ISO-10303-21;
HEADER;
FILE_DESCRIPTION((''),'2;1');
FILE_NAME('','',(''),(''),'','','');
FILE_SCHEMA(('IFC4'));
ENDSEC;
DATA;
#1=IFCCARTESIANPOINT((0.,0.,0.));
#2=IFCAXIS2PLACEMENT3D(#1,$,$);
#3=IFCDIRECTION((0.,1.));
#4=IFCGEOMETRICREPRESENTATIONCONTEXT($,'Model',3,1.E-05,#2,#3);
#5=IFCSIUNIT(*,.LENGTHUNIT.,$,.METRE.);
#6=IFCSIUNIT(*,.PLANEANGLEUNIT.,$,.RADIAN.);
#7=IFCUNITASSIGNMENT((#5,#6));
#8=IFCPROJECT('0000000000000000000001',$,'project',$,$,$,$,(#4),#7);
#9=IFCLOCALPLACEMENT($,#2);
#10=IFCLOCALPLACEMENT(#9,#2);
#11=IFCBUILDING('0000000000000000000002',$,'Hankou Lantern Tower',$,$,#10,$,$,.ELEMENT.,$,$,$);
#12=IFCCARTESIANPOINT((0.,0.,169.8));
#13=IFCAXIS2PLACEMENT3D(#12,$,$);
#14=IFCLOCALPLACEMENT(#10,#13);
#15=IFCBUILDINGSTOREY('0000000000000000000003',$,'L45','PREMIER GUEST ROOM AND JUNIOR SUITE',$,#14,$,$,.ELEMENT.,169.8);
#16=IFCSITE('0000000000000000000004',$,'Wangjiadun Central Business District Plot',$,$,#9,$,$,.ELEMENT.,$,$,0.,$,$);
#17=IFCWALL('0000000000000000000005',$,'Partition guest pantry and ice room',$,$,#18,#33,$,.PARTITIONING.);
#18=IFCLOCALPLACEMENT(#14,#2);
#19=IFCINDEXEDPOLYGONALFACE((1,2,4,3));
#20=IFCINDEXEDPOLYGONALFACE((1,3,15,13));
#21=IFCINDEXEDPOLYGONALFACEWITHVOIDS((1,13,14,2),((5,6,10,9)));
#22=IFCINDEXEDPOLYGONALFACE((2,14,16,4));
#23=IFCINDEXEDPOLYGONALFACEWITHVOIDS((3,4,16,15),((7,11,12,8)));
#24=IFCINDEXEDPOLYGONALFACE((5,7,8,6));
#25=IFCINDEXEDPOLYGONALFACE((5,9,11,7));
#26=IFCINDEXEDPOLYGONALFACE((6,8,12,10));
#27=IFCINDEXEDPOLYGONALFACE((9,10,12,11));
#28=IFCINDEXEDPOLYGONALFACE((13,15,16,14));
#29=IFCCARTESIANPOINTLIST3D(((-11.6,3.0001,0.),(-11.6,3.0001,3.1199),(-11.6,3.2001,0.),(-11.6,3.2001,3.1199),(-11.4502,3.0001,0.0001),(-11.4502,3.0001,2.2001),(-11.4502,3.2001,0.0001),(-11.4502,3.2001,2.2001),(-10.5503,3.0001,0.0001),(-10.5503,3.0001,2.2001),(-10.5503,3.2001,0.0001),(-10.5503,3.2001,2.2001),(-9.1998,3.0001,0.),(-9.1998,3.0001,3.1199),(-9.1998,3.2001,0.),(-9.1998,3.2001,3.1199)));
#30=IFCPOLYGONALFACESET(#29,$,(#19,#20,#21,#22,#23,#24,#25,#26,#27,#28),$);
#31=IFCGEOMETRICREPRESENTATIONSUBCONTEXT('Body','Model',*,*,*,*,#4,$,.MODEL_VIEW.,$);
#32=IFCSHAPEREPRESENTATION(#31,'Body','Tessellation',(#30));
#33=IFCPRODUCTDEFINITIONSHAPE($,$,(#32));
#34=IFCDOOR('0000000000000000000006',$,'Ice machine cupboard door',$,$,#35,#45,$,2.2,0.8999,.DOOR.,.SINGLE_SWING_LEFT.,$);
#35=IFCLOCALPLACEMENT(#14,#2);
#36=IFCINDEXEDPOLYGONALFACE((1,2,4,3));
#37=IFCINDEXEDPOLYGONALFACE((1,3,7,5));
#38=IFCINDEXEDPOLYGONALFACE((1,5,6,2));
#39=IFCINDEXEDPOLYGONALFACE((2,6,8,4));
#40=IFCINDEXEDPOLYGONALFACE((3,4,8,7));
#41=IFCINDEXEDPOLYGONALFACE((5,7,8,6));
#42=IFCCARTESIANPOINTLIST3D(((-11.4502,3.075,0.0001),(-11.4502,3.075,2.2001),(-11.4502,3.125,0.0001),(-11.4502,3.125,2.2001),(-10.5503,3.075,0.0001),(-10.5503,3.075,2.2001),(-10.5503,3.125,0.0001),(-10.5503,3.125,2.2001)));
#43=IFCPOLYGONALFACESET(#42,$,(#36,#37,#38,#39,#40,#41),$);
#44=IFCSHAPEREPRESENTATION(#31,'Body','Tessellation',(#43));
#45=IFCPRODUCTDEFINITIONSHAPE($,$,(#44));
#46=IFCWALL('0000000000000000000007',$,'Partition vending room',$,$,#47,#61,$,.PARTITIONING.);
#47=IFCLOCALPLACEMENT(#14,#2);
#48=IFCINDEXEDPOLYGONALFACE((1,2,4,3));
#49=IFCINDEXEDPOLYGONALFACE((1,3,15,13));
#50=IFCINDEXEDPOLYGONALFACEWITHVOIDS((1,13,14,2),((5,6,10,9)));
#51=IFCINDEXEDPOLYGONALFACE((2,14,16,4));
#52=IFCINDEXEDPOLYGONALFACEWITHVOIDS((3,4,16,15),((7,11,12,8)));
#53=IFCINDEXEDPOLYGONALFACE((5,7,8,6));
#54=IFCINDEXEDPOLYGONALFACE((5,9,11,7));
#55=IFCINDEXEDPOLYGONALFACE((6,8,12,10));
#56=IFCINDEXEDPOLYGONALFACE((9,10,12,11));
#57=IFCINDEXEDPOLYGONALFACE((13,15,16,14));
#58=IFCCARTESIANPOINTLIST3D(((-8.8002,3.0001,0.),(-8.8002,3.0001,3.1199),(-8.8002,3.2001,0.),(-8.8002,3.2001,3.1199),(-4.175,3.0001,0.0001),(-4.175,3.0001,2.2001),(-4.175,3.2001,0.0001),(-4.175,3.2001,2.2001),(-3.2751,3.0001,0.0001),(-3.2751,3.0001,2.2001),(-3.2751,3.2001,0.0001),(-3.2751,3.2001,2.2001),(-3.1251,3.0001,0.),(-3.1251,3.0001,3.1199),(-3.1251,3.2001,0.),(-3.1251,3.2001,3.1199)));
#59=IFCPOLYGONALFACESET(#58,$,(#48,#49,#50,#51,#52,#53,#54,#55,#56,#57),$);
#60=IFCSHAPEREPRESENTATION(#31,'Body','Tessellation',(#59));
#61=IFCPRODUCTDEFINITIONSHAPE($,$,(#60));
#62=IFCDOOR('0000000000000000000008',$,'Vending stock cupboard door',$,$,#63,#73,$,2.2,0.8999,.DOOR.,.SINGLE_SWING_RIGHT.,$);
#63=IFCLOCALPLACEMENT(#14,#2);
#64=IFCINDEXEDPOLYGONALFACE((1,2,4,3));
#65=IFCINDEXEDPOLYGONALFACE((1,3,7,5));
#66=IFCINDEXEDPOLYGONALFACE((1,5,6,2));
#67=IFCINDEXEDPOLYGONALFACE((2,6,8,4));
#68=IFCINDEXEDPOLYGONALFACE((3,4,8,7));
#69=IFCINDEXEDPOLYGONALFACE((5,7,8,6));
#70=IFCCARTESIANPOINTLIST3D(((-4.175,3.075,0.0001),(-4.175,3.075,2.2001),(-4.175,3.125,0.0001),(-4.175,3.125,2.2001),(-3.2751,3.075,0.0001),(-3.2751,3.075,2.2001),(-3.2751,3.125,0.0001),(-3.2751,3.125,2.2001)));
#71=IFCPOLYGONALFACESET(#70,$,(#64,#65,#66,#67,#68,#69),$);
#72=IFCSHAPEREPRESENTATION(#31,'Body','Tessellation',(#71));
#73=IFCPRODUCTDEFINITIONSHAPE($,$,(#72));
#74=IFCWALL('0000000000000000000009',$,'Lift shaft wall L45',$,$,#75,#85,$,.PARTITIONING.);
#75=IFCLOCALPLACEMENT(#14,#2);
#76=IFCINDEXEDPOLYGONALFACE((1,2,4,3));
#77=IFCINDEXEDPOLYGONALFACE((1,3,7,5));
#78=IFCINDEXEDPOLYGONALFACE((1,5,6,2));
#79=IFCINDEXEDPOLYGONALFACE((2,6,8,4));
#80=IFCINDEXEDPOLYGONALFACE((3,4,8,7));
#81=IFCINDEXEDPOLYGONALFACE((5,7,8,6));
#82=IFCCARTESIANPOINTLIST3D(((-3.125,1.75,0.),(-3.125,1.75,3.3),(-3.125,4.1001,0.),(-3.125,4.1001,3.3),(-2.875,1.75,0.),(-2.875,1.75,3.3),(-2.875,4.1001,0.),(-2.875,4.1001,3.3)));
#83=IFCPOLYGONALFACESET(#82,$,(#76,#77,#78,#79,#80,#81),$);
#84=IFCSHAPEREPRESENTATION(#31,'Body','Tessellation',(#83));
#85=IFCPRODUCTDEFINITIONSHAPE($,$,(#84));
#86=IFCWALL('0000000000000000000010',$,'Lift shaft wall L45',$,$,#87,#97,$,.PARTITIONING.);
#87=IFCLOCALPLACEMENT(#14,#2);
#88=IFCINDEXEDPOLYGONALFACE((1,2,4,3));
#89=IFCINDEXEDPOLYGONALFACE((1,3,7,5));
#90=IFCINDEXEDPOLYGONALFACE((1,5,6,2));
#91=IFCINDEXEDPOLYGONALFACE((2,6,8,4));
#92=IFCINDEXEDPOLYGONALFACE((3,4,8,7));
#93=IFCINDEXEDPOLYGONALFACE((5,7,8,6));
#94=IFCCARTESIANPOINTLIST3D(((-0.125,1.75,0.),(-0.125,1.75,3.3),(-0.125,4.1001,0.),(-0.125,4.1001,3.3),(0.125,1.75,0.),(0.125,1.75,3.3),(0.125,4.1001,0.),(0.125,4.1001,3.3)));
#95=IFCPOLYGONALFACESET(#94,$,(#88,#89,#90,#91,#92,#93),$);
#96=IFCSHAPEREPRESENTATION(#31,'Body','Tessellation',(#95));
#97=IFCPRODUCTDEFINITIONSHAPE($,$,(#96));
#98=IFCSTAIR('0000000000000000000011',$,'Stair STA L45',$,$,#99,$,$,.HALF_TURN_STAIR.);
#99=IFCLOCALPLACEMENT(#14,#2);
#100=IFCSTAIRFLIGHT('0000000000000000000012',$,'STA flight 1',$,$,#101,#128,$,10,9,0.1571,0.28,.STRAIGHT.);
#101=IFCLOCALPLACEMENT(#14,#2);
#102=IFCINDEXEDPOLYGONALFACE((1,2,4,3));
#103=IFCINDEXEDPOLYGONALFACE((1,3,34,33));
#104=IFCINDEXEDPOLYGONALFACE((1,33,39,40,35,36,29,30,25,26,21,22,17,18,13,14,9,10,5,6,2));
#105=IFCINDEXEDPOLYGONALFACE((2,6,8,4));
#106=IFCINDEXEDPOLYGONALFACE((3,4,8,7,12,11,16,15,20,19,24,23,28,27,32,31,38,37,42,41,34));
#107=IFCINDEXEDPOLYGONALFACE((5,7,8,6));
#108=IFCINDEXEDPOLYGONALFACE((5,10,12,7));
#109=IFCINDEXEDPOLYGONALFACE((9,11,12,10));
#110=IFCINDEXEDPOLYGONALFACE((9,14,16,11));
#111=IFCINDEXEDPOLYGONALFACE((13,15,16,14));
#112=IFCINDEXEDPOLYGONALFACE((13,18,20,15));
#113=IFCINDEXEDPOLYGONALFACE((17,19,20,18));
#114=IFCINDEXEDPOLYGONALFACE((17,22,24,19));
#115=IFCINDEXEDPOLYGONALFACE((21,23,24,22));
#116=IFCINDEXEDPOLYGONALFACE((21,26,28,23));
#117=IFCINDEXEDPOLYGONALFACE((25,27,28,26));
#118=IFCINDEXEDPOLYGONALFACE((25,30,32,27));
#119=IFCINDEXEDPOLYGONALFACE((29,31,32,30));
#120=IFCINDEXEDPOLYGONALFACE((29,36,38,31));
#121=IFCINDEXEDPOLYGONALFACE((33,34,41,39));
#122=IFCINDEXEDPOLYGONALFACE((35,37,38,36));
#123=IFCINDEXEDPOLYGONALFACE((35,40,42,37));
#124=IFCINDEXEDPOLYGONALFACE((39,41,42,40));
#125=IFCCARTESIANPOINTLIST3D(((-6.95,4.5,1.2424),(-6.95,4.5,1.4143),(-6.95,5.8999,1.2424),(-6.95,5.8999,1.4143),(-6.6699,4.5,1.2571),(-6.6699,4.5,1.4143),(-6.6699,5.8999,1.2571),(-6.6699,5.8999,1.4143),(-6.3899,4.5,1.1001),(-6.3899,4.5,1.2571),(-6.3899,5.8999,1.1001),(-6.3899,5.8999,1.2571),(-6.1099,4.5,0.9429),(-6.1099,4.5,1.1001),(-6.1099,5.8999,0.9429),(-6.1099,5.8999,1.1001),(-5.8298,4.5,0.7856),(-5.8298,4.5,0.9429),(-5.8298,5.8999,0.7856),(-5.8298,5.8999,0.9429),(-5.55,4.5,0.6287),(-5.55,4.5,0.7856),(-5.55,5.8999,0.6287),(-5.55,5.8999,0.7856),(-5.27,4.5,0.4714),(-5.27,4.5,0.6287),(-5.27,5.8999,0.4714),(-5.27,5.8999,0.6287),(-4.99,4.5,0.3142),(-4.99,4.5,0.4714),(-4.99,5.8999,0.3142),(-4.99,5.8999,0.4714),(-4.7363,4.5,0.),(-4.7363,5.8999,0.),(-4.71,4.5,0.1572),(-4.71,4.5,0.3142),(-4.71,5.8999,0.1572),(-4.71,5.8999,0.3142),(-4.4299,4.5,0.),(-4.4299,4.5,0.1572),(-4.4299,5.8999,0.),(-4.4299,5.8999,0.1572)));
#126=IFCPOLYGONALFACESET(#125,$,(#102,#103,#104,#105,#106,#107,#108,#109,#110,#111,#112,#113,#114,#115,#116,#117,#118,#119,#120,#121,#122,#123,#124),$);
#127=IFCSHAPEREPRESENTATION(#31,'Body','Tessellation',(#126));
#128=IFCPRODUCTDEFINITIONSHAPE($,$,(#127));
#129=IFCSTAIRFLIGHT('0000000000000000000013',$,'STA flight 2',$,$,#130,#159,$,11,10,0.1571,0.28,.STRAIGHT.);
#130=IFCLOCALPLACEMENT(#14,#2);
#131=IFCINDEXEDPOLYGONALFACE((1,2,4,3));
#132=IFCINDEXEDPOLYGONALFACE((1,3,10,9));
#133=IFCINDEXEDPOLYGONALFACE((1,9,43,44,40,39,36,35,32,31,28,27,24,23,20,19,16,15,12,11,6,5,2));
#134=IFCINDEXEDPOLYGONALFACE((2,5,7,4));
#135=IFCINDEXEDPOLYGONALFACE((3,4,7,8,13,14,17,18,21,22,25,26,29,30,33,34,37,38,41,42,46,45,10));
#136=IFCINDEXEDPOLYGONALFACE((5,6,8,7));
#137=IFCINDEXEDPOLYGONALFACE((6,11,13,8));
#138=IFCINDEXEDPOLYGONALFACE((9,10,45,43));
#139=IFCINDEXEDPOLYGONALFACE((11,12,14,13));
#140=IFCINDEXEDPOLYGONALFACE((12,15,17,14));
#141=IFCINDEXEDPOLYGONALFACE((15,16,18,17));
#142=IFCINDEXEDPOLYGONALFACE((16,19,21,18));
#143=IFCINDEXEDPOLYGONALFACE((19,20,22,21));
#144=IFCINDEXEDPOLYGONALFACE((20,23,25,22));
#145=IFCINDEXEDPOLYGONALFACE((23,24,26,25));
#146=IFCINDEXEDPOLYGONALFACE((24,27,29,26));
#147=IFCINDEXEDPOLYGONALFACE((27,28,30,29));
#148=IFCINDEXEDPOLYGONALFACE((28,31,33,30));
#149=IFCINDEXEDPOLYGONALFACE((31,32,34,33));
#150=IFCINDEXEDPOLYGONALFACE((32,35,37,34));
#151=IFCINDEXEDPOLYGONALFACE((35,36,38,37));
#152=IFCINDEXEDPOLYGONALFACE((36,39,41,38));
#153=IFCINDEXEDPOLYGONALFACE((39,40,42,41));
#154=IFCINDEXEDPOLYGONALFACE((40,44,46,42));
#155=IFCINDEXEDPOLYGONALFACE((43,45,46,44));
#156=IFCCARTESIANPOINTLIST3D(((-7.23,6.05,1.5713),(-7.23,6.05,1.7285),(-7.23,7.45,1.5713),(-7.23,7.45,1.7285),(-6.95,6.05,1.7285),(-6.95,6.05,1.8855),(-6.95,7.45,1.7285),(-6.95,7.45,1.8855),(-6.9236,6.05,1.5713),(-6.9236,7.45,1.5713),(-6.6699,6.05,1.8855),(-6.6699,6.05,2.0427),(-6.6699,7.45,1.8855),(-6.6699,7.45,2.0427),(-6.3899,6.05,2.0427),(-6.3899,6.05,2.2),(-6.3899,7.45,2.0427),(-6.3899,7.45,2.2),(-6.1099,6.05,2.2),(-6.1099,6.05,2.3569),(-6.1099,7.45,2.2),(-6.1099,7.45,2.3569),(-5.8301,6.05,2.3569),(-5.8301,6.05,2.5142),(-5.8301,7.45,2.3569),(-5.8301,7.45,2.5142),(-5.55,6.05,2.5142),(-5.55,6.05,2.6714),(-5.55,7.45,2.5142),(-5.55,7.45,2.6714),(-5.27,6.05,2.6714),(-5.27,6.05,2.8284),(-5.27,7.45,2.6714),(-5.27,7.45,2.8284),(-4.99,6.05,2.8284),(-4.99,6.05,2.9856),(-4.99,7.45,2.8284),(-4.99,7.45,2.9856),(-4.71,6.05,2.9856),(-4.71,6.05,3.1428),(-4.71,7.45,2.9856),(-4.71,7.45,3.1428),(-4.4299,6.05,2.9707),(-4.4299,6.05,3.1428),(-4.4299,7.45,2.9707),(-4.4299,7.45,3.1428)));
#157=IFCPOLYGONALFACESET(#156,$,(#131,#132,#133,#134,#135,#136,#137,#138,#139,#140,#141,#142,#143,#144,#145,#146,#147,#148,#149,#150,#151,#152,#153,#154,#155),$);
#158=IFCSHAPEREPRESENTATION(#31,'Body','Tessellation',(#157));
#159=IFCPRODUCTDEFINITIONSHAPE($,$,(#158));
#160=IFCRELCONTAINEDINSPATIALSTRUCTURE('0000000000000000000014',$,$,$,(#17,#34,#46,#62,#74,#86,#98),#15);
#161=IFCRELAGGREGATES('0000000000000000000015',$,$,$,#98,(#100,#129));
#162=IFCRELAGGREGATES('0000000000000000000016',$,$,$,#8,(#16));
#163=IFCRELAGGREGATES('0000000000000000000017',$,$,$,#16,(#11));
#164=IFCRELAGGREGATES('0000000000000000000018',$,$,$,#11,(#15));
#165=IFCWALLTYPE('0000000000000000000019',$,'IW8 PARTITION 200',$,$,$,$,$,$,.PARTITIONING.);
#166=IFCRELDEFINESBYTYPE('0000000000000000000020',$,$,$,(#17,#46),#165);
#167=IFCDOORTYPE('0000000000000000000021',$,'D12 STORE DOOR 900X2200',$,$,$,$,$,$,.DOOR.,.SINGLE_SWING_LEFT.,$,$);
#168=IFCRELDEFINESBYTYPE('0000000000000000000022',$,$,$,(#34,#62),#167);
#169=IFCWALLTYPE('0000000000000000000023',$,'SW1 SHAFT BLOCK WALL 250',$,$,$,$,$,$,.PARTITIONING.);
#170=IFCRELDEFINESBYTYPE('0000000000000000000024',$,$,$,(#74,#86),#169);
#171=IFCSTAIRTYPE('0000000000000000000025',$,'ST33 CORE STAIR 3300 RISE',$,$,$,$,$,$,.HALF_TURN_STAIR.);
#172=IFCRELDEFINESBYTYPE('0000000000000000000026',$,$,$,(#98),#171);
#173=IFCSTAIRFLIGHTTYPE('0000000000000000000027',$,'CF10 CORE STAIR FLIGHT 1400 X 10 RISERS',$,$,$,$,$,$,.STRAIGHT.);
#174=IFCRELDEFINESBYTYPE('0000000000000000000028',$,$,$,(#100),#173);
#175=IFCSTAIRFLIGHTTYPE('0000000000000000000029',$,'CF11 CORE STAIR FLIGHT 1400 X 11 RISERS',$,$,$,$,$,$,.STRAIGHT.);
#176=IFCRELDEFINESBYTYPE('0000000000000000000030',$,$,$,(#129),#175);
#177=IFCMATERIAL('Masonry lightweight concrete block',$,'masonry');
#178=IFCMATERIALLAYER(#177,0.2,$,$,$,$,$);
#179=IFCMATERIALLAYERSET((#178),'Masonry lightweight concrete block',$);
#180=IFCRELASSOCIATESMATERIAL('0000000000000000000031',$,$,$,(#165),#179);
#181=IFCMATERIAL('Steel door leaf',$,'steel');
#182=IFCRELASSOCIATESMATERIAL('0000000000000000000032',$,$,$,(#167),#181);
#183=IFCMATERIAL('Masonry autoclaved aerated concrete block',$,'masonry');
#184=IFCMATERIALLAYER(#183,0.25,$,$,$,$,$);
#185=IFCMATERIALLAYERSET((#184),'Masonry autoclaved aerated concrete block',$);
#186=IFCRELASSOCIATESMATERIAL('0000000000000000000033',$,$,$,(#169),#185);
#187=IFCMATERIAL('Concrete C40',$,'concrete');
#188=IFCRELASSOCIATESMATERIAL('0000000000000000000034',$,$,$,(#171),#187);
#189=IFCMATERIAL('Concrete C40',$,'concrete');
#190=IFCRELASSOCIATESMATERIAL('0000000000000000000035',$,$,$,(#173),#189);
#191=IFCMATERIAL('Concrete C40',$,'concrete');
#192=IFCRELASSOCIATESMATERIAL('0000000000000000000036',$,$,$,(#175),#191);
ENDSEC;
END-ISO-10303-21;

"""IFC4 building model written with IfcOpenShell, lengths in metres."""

from ifc_helpers import new_model, si_unit, direction, frame, frame_2d, origin, place, context, subcontext, project, spatial, polyline, rectangle, outline, extrude, material, layer, layer_set, type_object, element, fill, aggregate, save


model = new_model("IFC4")

# Units and contexts
model_context = context("Model", 3, precision=1e-05, world=origin(), true_north=direction((0.0, 1.0)))
body_context = subcontext(model_context, "Body", "Model", "MODEL_VIEW")
ifc_project = project(units=[si_unit("LENGTHUNIT", "METRE"), si_unit("PLANEANGLEUNIT", "RADIAN")], contexts=[model_context])

# Site, building, storey
site_placement = place(None, origin())
site = spatial("IfcSite", under=ifc_project, at=site_placement, Name="Wangjiadun Central Business District Plot", CompositionType="ELEMENT", RefElevation=0.0)
building_placement = place(site_placement, origin())
building = spatial("IfcBuilding", under=site, at=building_placement, Name="Hankou Lantern Tower", CompositionType="ELEMENT")
storey_placement = place(building_placement, frame((0.0, 0.0, 169.8)))
storey = spatial("IfcBuildingStorey", under=building, at=storey_placement, Name="L45", Description="PREMIER GUEST ROOM AND JUNIOR SUITE", CompositionType="ELEMENT", Elevation=169.8)

# Walls, openings, doors
ifc_material_1 = material(Name="Masonry lightweight concrete block", Category="masonry")
ifc_layer_1 = layer(ifc_material_1, 0.2)
ifc_layer_set_1 = layer_set([ifc_layer_1], Name="Masonry lightweight concrete block")
wall_type_1 = type_object("IfcWallType", Name="IW8 PARTITION 200", PredefinedType="PARTITIONING", material=ifc_layer_set_1)
wall_1_placement = place(storey_placement, frame((-11.6001, 3.1001, 0.0), z_axis=(0.0, 0.0, 1.0), x_axis=(1.0, 0.0, 0.0)))
wall_1 = element("IfcWall", 1, at=wall_1_placement, inside=storey, type_object=wall_type_1, Name="Partition guest pantry and ice room", PredefinedType="PARTITIONING", context=body_context, shape_type="SweptSolid", body=[
    extrude(rectangle(XDim=2.4001, YDim=0.2, at=frame_2d((1.2002, 0.0))), origin(), (0.0, 0.0, 1.0), 3.1199),
])
opening_1_placement = place(wall_1_placement, frame((0.1499, 0.0, 0.0)))
opening_1 = element("IfcOpeningElement", 2, at=opening_1_placement, cuts=wall_1, PredefinedType="OPENING", context=body_context, shape_type="SweptSolid", body=[
    extrude(rectangle(XDim=0.8999, YDim=2.2, at=frame_2d((0.45, 1.1001))), frame((0.0, 0.1099, 0.0), z_axis=(0.0, -1.0, 0.0), x_axis=(1.0, 0.0, 0.0)), (0.0, 0.0, 1.0), 0.22),
])
ifc_material_2 = material(Name="Steel door leaf", Category="steel")
door_type_1 = type_object("IfcDoorType", Name="D12 STORE DOOR 900X2200", OperationType="SINGLE_SWING_LEFT", PredefinedType="DOOR", material=ifc_material_2)
door_1_placement = place(opening_1_placement, origin())
door_1 = element("IfcDoor", 3, at=door_1_placement, inside=storey, type_object=door_type_1, Name="Ice machine cupboard door", OperationType="SINGLE_SWING_LEFT", OverallHeight=2.2, OverallWidth=0.8999, PredefinedType="DOOR", context=body_context, shape_type="SweptSolid", body=[
    extrude(rectangle(XDim=0.8999, YDim=2.2, at=frame_2d((0.45, 1.1001))), frame((0.0, 0.0249, 0.0), z_axis=(0.0, -1.0, 0.0), x_axis=(1.0, 0.0, 0.0)), (0.0, 0.0, 1.0), 0.05),
])
fill(opening_1, door_1)
wall_2_placement = place(storey_placement, frame((-8.8, 3.1001, 0.0), z_axis=(0.0, 0.0, 1.0), x_axis=(1.0, 0.0, 0.0)))
wall_2 = element("IfcWall", 4, at=wall_2_placement, inside=storey, type_object=wall_type_1, Name="Partition vending room", PredefinedType="PARTITIONING", context=body_context, shape_type="SweptSolid", body=[
    extrude(rectangle(XDim=5.675, YDim=0.2, at=frame_2d((2.8374, 0.0))), origin(), (0.0, 0.0, 1.0), 3.1199),
])
opening_2_placement = place(wall_2_placement, frame((4.625, 0.0, 0.0)))
opening_2 = element("IfcOpeningElement", 5, at=opening_2_placement, cuts=wall_2, PredefinedType="OPENING", context=body_context, shape_type="SweptSolid", body=[
    extrude(rectangle(XDim=0.8999, YDim=2.2, at=frame_2d((0.45, 1.1001))), frame((0.0, 0.1099, 0.0), z_axis=(0.0, -1.0, 0.0), x_axis=(1.0, 0.0, 0.0)), (0.0, 0.0, 1.0), 0.22),
])
door_2_placement = place(opening_2_placement, origin())
door_2 = element("IfcDoor", 6, at=door_2_placement, inside=storey, type_object=door_type_1, Name="Vending stock cupboard door", OperationType="SINGLE_SWING_RIGHT", OverallHeight=2.2, OverallWidth=0.8999, PredefinedType="DOOR", context=body_context, shape_type="SweptSolid", body=[
    extrude(rectangle(XDim=0.8999, YDim=2.2, at=frame_2d((0.45, 1.1001))), frame((0.0, 0.0249, 0.0), z_axis=(0.0, -1.0, 0.0), x_axis=(1.0, 0.0, 0.0)), (0.0, 0.0, 1.0), 0.05),
])
fill(opening_2, door_2)

# Walls
ifc_material_3 = material(Name="Masonry autoclaved aerated concrete block", Category="masonry")
ifc_layer_2 = layer(ifc_material_3, 0.25)
ifc_layer_set_2 = layer_set([ifc_layer_2], Name="Masonry autoclaved aerated concrete block")
wall_type_2 = type_object("IfcWallType", Name="SW1 SHAFT BLOCK WALL 250", PredefinedType="PARTITIONING", material=ifc_layer_set_2)
for number, where, z_axis, x_axis, name in (
    (7, (-3.0, 1.75, 0.0), (0.0, 0.0, 1.0), (0.0, 1.0, 0.0), "Lift shaft wall L45"),
    (8, (0.0, 1.75, 0.0), (0.0, 0.0, 1.0), (0.0, 1.0, 0.0), "Lift shaft wall L45"),
):
    element("IfcWall", number, at=place(storey_placement, frame(where, z_axis=z_axis, x_axis=x_axis)), inside=storey, type_object=wall_type_2, Name=name, PredefinedType="PARTITIONING", context=body_context, shape_type="SweptSolid", body=[
        extrude(rectangle(XDim=2.3501, YDim=0.25, at=frame_2d((1.175, 0.0))), origin(), (0.0, 0.0, 1.0), 3.3),
    ])

# Stair, stair flights
ifc_material_4 = material(Name="Concrete C40", Category="concrete")
stair_type = type_object("IfcStairType", Name="ST33 CORE STAIR 3300 RISE", PredefinedType="HALF_TURN_STAIR", material=ifc_material_4)
stair_placement = place(storey_placement, origin())
stair = element("IfcStair", 9, at=stair_placement, inside=storey, type_object=stair_type, Name="Stair STA L45", PredefinedType="HALF_TURN_STAIR")
ifc_material_5 = material(Name="Concrete C40", Category="concrete")
stair_flight_type_1 = type_object("IfcStairFlightType", Name="CF10 CORE STAIR FLIGHT 1400 X 10 RISERS", PredefinedType="STRAIGHT", material=ifc_material_5)
stair_flight_1_placement = place(storey_placement, frame((-4.4299, 5.2, 0.0), z_axis=(0.0, 0.0, 1.0), x_axis=(-1.0, 0.0, 0.0)))
stair_flight_1 = element("IfcStairFlight", 10, at=stair_flight_1_placement, type_object=stair_flight_type_1, Name="STA flight 1", NumberOfRisers=10, NumberOfTreads=9, PredefinedType="STRAIGHT", RiserHeight=0.1571, TreadLength=0.28, context=body_context, shape_type="SweptSolid", body=[
    extrude(outline(polyline([(0.0, 0.0), (0.0, 0.1572), (0.28, 0.1572), (0.28, 0.3142), (0.5601, 0.3142), (0.5601, 0.4714), (0.8401, 0.4714), (0.8401, 0.6287), (1.1201, 0.6287), (1.1201, 0.7856), (1.3999, 0.7856), (1.3999, 0.9429), (1.6799, 0.9429), (1.6799, 1.1001), (1.96, 1.1001), (1.96, 1.2571), (2.24, 1.2571), (2.24, 1.4143), (2.52, 1.4143), (2.52, 1.5715), (2.52, 1.2424), (0.3064, 0.0), (0.0, 0.0)])), frame((0.0, 0.7, 0.0), z_axis=(0.0, -1.0, 0.0), x_axis=(1.0, 0.0, 0.0)), (0.0, 0.0, 1.0), 1.3999),
])
ifc_material_6 = material(Name="Concrete C40", Category="concrete")
stair_flight_type_2 = type_object("IfcStairFlightType", Name="CF11 CORE STAIR FLIGHT 1400 X 11 RISERS", PredefinedType="STRAIGHT", material=ifc_material_6)
stair_flight_2_placement = place(storey_placement, frame((-7.23, 6.75, 1.5713), z_axis=(0.0, 0.0, 1.0), x_axis=(1.0, 0.0, 0.0)))
stair_flight_2 = element("IfcStairFlight", 11, at=stair_flight_2_placement, type_object=stair_flight_type_2, Name="STA flight 2", NumberOfRisers=11, NumberOfTreads=10, PredefinedType="STRAIGHT", RiserHeight=0.1571, TreadLength=0.28, context=body_context, shape_type="SweptSolid", body=[
    extrude(outline(polyline([(0.0, 0.0), (0.0, 0.1572), (0.28, 0.1572), (0.28, 0.3142), (0.5601, 0.3142), (0.5601, 0.4714), (0.8401, 0.4714), (0.8401, 0.6287), (1.1201, 0.6287), (1.1201, 0.7856), (1.3999, 0.7856), (1.3999, 0.9429), (1.6799, 0.9429), (1.6799, 1.1001), (1.96, 1.1001), (1.96, 1.2571), (2.24, 1.2571), (2.24, 1.4143), (2.52, 1.4143), (2.52, 1.5715), (2.8, 1.5715), (2.8, 1.7285), (2.8, 1.3994), (0.3064, 0.0), (0.0, 0.0)])), frame((0.0, 0.7, 0.0), z_axis=(0.0, -1.0, 0.0), x_axis=(1.0, 0.0, 0.0)), (0.0, 0.0, 1.0), 1.3999),
])
aggregate(stair, [stair_flight_1, stair_flight_2])

save(model, "model.ifc")
